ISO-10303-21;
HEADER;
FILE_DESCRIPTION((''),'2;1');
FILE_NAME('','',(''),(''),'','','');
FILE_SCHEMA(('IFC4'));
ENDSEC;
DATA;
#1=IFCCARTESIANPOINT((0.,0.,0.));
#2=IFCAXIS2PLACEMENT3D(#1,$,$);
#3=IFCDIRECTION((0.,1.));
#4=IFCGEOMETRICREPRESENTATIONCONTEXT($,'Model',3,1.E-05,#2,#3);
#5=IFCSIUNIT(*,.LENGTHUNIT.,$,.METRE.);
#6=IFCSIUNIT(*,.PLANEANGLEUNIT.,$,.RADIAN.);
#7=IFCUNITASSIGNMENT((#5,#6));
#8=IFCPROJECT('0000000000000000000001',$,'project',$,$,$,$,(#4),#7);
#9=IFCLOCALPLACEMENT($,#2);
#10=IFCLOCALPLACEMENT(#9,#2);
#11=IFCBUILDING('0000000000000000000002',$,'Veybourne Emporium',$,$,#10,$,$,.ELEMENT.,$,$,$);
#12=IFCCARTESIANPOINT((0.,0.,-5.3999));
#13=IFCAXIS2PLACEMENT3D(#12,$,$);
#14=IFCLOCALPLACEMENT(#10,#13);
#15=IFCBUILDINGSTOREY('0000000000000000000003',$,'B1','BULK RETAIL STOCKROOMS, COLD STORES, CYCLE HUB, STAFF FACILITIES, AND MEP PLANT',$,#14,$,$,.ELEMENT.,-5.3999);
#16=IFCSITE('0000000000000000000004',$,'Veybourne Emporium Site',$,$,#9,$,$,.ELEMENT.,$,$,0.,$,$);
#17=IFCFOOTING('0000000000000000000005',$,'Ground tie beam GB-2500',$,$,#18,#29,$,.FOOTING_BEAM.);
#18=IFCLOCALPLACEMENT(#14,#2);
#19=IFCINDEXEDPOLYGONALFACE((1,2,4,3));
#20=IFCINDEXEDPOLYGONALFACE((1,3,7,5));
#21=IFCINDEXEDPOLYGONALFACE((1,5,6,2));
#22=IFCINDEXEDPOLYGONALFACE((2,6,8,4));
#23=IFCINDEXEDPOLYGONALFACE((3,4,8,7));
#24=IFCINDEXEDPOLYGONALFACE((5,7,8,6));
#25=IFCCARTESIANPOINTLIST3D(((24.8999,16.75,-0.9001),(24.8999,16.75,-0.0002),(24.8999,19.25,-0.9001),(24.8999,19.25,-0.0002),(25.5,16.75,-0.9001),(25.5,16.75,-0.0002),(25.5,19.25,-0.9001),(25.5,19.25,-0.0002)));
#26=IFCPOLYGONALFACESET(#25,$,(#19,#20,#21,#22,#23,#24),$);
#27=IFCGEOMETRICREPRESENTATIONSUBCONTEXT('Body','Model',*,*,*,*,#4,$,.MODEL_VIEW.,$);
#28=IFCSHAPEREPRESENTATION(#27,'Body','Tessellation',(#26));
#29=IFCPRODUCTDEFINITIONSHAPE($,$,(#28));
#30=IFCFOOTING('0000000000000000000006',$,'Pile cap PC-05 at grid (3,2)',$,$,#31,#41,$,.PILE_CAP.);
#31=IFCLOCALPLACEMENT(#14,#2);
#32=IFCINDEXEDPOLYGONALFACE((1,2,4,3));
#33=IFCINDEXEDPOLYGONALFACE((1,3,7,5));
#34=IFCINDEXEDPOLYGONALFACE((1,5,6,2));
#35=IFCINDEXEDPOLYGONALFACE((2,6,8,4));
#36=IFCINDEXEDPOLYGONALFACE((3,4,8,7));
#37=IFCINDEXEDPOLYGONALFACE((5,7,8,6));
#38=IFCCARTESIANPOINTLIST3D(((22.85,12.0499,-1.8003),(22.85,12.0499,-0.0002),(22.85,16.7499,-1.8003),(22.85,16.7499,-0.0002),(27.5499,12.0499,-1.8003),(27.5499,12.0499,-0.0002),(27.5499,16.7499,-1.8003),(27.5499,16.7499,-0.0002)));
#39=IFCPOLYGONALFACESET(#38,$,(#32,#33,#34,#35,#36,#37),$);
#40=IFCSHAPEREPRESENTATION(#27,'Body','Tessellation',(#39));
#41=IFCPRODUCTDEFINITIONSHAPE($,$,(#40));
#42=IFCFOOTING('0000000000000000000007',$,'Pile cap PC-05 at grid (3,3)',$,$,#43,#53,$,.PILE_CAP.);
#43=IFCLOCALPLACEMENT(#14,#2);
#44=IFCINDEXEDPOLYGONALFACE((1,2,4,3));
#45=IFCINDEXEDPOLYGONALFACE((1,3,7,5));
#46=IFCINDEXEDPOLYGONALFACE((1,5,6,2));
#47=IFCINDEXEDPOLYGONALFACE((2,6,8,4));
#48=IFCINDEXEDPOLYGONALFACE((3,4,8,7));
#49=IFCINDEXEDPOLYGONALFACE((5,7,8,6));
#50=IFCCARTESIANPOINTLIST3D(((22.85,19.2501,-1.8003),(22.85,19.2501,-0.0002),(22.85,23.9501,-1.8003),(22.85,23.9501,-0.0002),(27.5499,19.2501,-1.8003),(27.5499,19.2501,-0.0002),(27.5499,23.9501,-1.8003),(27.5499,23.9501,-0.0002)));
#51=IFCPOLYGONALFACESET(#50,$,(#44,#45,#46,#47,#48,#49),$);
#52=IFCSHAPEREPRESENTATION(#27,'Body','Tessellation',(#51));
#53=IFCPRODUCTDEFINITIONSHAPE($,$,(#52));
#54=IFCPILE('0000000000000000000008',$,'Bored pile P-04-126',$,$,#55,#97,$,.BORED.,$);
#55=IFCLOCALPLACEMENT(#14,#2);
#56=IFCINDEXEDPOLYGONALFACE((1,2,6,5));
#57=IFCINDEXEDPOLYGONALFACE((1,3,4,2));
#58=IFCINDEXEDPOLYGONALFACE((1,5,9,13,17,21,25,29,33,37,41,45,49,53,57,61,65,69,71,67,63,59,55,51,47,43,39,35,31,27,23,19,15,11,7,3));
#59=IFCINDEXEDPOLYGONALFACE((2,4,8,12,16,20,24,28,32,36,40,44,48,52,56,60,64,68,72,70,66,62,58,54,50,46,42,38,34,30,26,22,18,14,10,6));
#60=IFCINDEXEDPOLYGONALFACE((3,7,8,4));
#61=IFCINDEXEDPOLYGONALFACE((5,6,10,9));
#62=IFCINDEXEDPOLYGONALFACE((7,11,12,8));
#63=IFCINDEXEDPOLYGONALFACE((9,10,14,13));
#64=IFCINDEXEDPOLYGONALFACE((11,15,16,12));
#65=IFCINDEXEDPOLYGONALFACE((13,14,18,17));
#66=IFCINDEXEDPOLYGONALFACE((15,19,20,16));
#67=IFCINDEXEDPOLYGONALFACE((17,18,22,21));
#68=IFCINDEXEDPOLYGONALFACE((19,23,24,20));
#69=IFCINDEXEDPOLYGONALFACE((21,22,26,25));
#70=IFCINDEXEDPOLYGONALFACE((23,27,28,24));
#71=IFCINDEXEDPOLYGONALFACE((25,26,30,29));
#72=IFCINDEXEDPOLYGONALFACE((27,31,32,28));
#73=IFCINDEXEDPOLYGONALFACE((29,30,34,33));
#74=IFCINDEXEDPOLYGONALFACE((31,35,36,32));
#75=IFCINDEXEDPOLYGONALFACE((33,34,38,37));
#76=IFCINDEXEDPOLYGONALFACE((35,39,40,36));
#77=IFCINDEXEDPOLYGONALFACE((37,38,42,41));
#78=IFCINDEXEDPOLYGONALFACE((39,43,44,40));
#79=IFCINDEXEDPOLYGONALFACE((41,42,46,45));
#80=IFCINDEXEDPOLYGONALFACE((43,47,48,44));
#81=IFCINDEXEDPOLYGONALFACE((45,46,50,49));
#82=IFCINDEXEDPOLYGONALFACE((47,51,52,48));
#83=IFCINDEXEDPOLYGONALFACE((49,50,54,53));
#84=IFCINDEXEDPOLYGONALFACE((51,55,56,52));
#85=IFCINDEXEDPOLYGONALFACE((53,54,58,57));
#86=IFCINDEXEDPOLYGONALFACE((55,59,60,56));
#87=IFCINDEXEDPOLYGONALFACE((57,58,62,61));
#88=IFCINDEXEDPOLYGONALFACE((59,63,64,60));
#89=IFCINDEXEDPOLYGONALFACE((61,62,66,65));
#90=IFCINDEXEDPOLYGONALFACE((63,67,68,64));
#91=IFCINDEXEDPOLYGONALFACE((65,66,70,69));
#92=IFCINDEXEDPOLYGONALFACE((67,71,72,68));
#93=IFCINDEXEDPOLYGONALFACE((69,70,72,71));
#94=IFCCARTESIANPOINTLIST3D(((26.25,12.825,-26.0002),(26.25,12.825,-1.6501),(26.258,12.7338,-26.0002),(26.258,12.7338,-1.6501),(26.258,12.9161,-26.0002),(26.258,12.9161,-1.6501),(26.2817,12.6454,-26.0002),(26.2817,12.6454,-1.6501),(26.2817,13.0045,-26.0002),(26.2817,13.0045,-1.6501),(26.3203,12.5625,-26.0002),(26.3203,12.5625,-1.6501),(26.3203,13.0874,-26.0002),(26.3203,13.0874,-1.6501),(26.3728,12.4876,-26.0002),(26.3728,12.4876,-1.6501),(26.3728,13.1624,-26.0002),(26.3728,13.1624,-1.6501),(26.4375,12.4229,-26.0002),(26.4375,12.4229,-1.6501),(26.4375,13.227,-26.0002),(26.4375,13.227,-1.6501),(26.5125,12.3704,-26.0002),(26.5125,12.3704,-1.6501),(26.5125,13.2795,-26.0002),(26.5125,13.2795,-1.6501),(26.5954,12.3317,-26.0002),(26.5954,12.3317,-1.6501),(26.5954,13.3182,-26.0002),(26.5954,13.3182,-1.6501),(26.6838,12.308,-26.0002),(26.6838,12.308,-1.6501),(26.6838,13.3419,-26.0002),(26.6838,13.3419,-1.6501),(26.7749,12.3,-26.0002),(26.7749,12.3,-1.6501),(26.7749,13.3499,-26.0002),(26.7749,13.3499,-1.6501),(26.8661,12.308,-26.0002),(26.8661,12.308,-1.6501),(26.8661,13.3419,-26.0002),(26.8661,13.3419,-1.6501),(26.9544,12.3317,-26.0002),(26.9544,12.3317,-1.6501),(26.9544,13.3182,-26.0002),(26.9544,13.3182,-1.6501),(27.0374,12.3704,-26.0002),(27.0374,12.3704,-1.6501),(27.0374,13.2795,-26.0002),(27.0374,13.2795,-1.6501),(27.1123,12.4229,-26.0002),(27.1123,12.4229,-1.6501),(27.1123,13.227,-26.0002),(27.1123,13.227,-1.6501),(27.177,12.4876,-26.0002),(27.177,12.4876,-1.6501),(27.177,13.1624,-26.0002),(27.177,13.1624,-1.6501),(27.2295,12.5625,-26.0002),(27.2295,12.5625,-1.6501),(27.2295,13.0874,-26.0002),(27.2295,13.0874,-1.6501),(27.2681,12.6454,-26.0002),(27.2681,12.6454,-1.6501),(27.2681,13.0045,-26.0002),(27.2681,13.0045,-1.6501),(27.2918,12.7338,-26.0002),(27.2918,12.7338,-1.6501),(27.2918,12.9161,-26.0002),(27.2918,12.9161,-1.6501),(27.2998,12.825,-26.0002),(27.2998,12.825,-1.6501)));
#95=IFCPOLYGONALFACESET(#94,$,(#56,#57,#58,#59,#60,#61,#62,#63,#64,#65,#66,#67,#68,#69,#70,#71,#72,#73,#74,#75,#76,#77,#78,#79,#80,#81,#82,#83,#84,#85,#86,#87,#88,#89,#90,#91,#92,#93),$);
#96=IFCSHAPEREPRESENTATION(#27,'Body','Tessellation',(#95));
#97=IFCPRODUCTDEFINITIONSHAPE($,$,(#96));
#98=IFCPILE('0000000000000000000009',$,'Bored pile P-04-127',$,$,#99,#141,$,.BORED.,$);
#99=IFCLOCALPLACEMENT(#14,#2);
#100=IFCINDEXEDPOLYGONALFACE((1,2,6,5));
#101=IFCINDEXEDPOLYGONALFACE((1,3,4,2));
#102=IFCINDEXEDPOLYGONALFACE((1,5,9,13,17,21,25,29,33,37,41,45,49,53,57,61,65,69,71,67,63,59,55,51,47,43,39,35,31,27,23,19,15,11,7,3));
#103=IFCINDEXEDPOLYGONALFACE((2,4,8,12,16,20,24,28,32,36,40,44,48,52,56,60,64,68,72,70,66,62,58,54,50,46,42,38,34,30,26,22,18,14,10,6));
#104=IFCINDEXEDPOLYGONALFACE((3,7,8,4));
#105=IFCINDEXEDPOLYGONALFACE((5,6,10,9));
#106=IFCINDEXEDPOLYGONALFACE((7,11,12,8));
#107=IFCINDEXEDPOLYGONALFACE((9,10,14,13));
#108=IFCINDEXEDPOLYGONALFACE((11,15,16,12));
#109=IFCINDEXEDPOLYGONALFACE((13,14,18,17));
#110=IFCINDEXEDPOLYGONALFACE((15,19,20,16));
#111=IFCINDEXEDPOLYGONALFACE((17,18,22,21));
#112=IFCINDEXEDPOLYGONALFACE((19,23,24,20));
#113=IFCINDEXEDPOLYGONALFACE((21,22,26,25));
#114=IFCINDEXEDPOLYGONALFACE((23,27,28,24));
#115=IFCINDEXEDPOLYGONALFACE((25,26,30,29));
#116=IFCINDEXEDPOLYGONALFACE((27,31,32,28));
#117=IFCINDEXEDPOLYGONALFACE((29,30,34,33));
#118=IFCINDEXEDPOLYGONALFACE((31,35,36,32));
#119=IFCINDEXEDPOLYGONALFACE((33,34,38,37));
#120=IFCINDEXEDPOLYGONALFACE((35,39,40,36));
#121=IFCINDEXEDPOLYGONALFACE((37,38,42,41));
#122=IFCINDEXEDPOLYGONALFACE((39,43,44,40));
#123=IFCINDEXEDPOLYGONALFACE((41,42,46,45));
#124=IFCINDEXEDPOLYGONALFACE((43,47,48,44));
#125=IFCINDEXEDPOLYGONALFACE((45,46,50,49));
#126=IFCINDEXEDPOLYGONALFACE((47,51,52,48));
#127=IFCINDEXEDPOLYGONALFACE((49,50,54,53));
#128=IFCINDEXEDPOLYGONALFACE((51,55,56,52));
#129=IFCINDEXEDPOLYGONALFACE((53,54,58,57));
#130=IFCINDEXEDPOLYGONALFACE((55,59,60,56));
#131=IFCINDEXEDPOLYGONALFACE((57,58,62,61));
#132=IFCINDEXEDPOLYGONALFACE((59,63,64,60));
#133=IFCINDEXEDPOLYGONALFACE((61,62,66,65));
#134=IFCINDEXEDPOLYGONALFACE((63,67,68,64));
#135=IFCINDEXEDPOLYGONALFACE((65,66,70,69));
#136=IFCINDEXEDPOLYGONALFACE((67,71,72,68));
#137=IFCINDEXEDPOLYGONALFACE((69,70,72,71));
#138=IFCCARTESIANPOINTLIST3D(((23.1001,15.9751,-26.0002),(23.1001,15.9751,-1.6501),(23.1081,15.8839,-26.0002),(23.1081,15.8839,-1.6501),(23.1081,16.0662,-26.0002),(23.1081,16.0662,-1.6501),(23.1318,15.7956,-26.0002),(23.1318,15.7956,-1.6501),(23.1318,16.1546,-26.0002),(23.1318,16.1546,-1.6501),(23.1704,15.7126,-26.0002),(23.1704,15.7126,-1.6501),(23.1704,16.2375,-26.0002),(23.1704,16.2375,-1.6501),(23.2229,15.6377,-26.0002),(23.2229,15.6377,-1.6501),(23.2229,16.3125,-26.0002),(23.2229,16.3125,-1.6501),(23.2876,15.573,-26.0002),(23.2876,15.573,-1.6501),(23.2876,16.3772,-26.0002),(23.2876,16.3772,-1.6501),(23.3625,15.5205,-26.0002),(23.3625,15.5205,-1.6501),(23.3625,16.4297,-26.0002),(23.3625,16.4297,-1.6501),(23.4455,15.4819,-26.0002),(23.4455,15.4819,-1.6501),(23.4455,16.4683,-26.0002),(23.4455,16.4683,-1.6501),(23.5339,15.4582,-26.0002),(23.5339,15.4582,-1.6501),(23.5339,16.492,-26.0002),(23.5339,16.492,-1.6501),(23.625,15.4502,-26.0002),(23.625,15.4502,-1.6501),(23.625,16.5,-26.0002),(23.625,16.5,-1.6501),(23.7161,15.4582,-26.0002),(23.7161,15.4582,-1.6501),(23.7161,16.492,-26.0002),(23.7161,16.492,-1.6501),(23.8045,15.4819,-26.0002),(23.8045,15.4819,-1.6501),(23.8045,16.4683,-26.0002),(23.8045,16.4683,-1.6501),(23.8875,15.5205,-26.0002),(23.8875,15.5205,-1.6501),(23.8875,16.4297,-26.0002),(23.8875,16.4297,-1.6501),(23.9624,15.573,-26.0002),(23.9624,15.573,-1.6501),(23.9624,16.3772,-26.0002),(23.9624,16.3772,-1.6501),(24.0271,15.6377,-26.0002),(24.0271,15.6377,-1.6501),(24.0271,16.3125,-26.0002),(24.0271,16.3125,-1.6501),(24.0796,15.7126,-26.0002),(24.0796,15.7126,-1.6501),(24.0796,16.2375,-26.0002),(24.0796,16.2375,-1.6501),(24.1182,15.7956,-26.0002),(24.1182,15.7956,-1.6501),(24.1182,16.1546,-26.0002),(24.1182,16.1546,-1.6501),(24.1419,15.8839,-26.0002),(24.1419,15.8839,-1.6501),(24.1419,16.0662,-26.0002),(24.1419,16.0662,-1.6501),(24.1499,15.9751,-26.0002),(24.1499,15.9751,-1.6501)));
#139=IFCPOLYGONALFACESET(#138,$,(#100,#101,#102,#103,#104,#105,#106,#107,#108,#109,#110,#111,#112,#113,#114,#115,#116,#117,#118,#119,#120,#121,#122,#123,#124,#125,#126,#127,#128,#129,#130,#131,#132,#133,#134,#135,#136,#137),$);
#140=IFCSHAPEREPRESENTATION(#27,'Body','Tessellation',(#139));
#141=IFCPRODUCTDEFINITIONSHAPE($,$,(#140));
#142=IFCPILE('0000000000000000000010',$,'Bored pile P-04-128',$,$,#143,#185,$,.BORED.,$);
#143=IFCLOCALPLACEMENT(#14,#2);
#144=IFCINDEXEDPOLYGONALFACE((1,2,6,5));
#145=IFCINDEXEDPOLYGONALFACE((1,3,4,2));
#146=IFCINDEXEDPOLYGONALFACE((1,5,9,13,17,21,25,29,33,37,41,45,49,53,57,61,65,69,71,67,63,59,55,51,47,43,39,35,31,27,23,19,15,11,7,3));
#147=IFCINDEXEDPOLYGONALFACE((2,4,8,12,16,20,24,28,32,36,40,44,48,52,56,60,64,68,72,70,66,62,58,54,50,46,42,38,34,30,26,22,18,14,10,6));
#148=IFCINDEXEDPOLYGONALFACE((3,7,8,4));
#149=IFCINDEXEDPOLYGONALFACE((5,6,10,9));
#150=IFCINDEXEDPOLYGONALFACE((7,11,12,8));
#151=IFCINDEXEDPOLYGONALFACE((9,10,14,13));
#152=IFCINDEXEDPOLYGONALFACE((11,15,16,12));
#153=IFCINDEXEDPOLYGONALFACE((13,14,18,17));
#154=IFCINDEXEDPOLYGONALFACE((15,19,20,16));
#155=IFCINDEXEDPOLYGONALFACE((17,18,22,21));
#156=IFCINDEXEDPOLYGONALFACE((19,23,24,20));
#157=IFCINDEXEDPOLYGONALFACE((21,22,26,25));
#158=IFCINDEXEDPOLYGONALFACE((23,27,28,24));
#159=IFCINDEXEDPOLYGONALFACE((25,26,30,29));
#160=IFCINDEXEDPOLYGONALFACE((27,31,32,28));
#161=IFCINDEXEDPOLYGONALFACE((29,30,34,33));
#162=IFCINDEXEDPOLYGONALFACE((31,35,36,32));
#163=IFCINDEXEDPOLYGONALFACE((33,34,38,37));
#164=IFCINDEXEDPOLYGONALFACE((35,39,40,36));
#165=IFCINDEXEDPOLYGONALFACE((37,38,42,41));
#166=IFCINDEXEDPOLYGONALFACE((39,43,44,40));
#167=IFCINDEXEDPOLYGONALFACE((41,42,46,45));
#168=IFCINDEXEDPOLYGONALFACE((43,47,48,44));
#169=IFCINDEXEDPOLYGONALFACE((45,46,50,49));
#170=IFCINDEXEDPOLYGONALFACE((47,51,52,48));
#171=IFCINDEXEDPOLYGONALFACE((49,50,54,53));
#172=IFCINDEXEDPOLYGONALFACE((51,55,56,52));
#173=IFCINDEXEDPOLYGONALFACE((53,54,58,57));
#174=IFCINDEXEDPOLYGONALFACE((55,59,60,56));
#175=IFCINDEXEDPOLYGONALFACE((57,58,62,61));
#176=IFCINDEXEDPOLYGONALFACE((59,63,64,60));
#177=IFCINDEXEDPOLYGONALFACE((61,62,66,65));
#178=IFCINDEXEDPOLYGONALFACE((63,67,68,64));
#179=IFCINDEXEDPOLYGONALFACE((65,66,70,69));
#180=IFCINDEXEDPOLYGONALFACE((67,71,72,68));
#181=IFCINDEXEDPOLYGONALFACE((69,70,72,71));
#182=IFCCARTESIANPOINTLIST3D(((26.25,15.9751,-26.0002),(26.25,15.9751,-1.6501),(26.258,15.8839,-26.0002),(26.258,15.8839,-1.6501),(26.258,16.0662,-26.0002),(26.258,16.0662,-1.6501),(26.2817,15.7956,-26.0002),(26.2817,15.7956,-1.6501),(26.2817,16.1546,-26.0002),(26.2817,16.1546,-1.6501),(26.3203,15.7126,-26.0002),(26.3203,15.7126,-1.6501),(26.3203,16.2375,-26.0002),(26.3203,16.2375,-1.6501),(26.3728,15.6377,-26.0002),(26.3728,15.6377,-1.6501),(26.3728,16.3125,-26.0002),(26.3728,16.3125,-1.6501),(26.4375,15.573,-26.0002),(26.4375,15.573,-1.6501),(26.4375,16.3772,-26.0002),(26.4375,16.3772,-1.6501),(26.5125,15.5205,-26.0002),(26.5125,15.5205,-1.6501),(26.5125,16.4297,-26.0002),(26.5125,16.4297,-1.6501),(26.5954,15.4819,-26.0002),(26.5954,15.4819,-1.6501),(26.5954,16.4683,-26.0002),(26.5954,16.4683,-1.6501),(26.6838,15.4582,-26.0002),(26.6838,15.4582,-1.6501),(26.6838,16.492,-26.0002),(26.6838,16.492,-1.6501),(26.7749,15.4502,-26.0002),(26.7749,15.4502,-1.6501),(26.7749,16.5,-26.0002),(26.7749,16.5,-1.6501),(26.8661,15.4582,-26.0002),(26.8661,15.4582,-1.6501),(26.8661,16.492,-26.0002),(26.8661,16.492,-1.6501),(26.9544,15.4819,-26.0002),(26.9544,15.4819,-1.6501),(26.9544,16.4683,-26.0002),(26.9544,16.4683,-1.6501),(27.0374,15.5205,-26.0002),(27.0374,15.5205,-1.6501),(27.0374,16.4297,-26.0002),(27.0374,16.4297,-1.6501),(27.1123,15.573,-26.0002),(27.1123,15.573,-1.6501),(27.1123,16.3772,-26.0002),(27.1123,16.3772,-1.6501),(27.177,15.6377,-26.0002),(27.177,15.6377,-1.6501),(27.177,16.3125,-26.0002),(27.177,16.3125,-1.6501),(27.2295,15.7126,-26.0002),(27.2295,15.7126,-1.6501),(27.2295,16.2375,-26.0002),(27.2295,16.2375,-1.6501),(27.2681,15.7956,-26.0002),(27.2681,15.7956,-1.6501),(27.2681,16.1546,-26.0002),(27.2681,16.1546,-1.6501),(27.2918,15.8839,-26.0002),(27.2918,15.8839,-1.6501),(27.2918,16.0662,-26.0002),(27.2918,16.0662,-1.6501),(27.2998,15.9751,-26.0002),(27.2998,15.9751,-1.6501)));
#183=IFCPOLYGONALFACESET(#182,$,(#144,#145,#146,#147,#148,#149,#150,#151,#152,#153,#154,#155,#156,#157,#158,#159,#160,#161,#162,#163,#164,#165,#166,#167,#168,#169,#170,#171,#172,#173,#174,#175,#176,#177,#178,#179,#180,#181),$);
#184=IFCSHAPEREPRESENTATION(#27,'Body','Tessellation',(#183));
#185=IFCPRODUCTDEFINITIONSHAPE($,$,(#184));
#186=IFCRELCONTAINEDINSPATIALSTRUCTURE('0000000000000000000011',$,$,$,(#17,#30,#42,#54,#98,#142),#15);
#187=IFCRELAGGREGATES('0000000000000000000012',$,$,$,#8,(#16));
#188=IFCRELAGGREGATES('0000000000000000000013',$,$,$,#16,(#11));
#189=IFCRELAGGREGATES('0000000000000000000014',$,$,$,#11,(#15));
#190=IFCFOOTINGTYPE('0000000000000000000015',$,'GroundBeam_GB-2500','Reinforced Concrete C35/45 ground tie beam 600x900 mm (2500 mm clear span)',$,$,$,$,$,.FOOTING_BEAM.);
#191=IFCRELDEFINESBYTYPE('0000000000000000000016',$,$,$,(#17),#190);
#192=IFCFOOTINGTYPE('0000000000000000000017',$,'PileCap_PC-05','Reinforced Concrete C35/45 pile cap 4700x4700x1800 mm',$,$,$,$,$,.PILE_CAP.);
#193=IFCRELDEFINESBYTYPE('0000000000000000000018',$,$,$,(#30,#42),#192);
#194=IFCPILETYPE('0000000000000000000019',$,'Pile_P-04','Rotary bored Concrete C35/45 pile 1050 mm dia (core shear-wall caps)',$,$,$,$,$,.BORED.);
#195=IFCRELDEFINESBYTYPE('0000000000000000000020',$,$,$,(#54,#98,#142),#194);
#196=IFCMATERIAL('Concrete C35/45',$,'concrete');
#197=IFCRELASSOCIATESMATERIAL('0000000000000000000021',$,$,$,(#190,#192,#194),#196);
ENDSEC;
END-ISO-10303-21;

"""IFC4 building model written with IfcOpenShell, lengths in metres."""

from ifc_helpers import new_model, si_unit, direction, frame, origin, origin_2d, place, context, subcontext, project, spatial, rectangle, circle, extrude, material, material_profile, profile_set, type_object, element, save


model = new_model("IFC4")

# Units and contexts
model_context = context("Model", 3, precision=1e-05, world=origin(), true_north=direction((0.0, 1.0)))
body_context = subcontext(model_context, "Body", "Model", "MODEL_VIEW")
ifc_project = project(units=[si_unit("LENGTHUNIT", "METRE"), si_unit("PLANEANGLEUNIT", "RADIAN")], contexts=[model_context])

# Site, building, storey
site_placement = place(None, origin())
site = spatial("IfcSite", under=ifc_project, at=site_placement, Name="Veybourne Emporium Site", CompositionType="ELEMENT", RefElevation=0.0)
building_placement = place(site_placement, origin())
building = spatial("IfcBuilding", under=site, at=building_placement, Name="Veybourne Emporium", CompositionType="ELEMENT")
storey_placement = place(building_placement, frame((0.0, 0.0, -5.3999)))
storey = spatial("IfcBuildingStorey", under=building, at=storey_placement, Name="B1", Description="BULK RETAIL STOCKROOMS, COLD STORES, CYCLE HUB, STAFF FACILITIES, AND MEP PLANT", CompositionType="ELEMENT", Elevation=-5.3999)

# Footings
ifc_material_1 = material(Name="Concrete C35/45", Category="concrete")
footing_type_1 = type_object("IfcFootingType", Name="GroundBeam_GB-2500", Description="Reinforced Concrete C35/45 ground tie beam 600x900 mm (2500 mm clear span)", PredefinedType="FOOTING_BEAM", material=ifc_material_1)
footing_placement = place(storey_placement, frame((25.2, 18.0, -0.9001), z_axis=(0.0, 0.0, 1.0), x_axis=(0.0, 1.0, 0.0)))
element("IfcFooting", 1, at=footing_placement, inside=storey, type_object=footing_type_1, Name="Ground tie beam GB-2500", PredefinedType="FOOTING_BEAM", context=body_context, shape_type="SweptSolid", body=[
    extrude(rectangle(XDim=2.5, YDim=0.6001, at=origin_2d()), origin(), (0.0, 0.0, 1.0), 0.8999),
])
footing_type_2 = type_object("IfcFootingType", Name="PileCap_PC-05", Description="Reinforced Concrete C35/45 pile cap 4700x4700x1800 mm", PredefinedType="PILE_CAP", material=ifc_material_1)
for number, where, z_axis, x_axis, name in (
    (2, (25.2, 14.3999, -1.8003), (0.0, 0.0, 1.0), (1.0, 0.0, 0.0), "Pile cap PC-05 at grid (3,2)"),
    (3, (25.2, 21.6001, -1.8003), (0.0, 0.0, 1.0), (1.0, 0.0, 0.0), "Pile cap PC-05 at grid (3,3)"),
):
    element("IfcFooting", number, at=place(storey_placement, frame(where, z_axis=z_axis, x_axis=x_axis)), inside=storey, type_object=footing_type_2, Name=name, PredefinedType="PILE_CAP", context=body_context, shape_type="SweptSolid", body=[
        extrude(rectangle(XDim=4.7, YDim=4.7, at=origin_2d()), origin(), (0.0, 0.0, 1.0), 1.8),
    ])

# Piles
ifc_material_profile_1 = material_profile(ifc_material_1, circle(Radius=0.5249, at=origin_2d()), Name="BORED PILE 1050")
ifc_profile_set_1 = profile_set([ifc_material_profile_1], Name="Concrete C35/45")
pile_type = type_object("IfcPileType", Name="Pile_P-04", Description="Rotary bored Concrete C35/45 pile 1050 mm dia (core shear-wall caps)", PredefinedType="BORED", material=ifc_profile_set_1)
for number, where, z_axis, x_axis, name in (
    (4, (26.7749, 12.825, -1.6501), (0.0, 0.0, -1.0), (1.0, 0.0, 0.0), "Bored pile P-04-126"),
    (5, (23.625, 15.9751, -1.6501), (0.0, 0.0, -1.0), (1.0, 0.0, 0.0), "Bored pile P-04-127"),
    (6, (26.7749, 15.9751, -1.6501), (0.0, 0.0, -1.0), (1.0, 0.0, 0.0), "Bored pile P-04-128"),
):
    element("IfcPile", number, at=place(storey_placement, frame(where, z_axis=z_axis, x_axis=x_axis)), inside=storey, type_object=pile_type, Name=name, PredefinedType="BORED", context=body_context, shape_type="SweptSolid", body=[
        extrude(circle(Radius=0.5249, at=origin_2d()), origin(), (0.0, 0.0, 1.0), 24.3501),
    ])

save(model, "model.ifc")
